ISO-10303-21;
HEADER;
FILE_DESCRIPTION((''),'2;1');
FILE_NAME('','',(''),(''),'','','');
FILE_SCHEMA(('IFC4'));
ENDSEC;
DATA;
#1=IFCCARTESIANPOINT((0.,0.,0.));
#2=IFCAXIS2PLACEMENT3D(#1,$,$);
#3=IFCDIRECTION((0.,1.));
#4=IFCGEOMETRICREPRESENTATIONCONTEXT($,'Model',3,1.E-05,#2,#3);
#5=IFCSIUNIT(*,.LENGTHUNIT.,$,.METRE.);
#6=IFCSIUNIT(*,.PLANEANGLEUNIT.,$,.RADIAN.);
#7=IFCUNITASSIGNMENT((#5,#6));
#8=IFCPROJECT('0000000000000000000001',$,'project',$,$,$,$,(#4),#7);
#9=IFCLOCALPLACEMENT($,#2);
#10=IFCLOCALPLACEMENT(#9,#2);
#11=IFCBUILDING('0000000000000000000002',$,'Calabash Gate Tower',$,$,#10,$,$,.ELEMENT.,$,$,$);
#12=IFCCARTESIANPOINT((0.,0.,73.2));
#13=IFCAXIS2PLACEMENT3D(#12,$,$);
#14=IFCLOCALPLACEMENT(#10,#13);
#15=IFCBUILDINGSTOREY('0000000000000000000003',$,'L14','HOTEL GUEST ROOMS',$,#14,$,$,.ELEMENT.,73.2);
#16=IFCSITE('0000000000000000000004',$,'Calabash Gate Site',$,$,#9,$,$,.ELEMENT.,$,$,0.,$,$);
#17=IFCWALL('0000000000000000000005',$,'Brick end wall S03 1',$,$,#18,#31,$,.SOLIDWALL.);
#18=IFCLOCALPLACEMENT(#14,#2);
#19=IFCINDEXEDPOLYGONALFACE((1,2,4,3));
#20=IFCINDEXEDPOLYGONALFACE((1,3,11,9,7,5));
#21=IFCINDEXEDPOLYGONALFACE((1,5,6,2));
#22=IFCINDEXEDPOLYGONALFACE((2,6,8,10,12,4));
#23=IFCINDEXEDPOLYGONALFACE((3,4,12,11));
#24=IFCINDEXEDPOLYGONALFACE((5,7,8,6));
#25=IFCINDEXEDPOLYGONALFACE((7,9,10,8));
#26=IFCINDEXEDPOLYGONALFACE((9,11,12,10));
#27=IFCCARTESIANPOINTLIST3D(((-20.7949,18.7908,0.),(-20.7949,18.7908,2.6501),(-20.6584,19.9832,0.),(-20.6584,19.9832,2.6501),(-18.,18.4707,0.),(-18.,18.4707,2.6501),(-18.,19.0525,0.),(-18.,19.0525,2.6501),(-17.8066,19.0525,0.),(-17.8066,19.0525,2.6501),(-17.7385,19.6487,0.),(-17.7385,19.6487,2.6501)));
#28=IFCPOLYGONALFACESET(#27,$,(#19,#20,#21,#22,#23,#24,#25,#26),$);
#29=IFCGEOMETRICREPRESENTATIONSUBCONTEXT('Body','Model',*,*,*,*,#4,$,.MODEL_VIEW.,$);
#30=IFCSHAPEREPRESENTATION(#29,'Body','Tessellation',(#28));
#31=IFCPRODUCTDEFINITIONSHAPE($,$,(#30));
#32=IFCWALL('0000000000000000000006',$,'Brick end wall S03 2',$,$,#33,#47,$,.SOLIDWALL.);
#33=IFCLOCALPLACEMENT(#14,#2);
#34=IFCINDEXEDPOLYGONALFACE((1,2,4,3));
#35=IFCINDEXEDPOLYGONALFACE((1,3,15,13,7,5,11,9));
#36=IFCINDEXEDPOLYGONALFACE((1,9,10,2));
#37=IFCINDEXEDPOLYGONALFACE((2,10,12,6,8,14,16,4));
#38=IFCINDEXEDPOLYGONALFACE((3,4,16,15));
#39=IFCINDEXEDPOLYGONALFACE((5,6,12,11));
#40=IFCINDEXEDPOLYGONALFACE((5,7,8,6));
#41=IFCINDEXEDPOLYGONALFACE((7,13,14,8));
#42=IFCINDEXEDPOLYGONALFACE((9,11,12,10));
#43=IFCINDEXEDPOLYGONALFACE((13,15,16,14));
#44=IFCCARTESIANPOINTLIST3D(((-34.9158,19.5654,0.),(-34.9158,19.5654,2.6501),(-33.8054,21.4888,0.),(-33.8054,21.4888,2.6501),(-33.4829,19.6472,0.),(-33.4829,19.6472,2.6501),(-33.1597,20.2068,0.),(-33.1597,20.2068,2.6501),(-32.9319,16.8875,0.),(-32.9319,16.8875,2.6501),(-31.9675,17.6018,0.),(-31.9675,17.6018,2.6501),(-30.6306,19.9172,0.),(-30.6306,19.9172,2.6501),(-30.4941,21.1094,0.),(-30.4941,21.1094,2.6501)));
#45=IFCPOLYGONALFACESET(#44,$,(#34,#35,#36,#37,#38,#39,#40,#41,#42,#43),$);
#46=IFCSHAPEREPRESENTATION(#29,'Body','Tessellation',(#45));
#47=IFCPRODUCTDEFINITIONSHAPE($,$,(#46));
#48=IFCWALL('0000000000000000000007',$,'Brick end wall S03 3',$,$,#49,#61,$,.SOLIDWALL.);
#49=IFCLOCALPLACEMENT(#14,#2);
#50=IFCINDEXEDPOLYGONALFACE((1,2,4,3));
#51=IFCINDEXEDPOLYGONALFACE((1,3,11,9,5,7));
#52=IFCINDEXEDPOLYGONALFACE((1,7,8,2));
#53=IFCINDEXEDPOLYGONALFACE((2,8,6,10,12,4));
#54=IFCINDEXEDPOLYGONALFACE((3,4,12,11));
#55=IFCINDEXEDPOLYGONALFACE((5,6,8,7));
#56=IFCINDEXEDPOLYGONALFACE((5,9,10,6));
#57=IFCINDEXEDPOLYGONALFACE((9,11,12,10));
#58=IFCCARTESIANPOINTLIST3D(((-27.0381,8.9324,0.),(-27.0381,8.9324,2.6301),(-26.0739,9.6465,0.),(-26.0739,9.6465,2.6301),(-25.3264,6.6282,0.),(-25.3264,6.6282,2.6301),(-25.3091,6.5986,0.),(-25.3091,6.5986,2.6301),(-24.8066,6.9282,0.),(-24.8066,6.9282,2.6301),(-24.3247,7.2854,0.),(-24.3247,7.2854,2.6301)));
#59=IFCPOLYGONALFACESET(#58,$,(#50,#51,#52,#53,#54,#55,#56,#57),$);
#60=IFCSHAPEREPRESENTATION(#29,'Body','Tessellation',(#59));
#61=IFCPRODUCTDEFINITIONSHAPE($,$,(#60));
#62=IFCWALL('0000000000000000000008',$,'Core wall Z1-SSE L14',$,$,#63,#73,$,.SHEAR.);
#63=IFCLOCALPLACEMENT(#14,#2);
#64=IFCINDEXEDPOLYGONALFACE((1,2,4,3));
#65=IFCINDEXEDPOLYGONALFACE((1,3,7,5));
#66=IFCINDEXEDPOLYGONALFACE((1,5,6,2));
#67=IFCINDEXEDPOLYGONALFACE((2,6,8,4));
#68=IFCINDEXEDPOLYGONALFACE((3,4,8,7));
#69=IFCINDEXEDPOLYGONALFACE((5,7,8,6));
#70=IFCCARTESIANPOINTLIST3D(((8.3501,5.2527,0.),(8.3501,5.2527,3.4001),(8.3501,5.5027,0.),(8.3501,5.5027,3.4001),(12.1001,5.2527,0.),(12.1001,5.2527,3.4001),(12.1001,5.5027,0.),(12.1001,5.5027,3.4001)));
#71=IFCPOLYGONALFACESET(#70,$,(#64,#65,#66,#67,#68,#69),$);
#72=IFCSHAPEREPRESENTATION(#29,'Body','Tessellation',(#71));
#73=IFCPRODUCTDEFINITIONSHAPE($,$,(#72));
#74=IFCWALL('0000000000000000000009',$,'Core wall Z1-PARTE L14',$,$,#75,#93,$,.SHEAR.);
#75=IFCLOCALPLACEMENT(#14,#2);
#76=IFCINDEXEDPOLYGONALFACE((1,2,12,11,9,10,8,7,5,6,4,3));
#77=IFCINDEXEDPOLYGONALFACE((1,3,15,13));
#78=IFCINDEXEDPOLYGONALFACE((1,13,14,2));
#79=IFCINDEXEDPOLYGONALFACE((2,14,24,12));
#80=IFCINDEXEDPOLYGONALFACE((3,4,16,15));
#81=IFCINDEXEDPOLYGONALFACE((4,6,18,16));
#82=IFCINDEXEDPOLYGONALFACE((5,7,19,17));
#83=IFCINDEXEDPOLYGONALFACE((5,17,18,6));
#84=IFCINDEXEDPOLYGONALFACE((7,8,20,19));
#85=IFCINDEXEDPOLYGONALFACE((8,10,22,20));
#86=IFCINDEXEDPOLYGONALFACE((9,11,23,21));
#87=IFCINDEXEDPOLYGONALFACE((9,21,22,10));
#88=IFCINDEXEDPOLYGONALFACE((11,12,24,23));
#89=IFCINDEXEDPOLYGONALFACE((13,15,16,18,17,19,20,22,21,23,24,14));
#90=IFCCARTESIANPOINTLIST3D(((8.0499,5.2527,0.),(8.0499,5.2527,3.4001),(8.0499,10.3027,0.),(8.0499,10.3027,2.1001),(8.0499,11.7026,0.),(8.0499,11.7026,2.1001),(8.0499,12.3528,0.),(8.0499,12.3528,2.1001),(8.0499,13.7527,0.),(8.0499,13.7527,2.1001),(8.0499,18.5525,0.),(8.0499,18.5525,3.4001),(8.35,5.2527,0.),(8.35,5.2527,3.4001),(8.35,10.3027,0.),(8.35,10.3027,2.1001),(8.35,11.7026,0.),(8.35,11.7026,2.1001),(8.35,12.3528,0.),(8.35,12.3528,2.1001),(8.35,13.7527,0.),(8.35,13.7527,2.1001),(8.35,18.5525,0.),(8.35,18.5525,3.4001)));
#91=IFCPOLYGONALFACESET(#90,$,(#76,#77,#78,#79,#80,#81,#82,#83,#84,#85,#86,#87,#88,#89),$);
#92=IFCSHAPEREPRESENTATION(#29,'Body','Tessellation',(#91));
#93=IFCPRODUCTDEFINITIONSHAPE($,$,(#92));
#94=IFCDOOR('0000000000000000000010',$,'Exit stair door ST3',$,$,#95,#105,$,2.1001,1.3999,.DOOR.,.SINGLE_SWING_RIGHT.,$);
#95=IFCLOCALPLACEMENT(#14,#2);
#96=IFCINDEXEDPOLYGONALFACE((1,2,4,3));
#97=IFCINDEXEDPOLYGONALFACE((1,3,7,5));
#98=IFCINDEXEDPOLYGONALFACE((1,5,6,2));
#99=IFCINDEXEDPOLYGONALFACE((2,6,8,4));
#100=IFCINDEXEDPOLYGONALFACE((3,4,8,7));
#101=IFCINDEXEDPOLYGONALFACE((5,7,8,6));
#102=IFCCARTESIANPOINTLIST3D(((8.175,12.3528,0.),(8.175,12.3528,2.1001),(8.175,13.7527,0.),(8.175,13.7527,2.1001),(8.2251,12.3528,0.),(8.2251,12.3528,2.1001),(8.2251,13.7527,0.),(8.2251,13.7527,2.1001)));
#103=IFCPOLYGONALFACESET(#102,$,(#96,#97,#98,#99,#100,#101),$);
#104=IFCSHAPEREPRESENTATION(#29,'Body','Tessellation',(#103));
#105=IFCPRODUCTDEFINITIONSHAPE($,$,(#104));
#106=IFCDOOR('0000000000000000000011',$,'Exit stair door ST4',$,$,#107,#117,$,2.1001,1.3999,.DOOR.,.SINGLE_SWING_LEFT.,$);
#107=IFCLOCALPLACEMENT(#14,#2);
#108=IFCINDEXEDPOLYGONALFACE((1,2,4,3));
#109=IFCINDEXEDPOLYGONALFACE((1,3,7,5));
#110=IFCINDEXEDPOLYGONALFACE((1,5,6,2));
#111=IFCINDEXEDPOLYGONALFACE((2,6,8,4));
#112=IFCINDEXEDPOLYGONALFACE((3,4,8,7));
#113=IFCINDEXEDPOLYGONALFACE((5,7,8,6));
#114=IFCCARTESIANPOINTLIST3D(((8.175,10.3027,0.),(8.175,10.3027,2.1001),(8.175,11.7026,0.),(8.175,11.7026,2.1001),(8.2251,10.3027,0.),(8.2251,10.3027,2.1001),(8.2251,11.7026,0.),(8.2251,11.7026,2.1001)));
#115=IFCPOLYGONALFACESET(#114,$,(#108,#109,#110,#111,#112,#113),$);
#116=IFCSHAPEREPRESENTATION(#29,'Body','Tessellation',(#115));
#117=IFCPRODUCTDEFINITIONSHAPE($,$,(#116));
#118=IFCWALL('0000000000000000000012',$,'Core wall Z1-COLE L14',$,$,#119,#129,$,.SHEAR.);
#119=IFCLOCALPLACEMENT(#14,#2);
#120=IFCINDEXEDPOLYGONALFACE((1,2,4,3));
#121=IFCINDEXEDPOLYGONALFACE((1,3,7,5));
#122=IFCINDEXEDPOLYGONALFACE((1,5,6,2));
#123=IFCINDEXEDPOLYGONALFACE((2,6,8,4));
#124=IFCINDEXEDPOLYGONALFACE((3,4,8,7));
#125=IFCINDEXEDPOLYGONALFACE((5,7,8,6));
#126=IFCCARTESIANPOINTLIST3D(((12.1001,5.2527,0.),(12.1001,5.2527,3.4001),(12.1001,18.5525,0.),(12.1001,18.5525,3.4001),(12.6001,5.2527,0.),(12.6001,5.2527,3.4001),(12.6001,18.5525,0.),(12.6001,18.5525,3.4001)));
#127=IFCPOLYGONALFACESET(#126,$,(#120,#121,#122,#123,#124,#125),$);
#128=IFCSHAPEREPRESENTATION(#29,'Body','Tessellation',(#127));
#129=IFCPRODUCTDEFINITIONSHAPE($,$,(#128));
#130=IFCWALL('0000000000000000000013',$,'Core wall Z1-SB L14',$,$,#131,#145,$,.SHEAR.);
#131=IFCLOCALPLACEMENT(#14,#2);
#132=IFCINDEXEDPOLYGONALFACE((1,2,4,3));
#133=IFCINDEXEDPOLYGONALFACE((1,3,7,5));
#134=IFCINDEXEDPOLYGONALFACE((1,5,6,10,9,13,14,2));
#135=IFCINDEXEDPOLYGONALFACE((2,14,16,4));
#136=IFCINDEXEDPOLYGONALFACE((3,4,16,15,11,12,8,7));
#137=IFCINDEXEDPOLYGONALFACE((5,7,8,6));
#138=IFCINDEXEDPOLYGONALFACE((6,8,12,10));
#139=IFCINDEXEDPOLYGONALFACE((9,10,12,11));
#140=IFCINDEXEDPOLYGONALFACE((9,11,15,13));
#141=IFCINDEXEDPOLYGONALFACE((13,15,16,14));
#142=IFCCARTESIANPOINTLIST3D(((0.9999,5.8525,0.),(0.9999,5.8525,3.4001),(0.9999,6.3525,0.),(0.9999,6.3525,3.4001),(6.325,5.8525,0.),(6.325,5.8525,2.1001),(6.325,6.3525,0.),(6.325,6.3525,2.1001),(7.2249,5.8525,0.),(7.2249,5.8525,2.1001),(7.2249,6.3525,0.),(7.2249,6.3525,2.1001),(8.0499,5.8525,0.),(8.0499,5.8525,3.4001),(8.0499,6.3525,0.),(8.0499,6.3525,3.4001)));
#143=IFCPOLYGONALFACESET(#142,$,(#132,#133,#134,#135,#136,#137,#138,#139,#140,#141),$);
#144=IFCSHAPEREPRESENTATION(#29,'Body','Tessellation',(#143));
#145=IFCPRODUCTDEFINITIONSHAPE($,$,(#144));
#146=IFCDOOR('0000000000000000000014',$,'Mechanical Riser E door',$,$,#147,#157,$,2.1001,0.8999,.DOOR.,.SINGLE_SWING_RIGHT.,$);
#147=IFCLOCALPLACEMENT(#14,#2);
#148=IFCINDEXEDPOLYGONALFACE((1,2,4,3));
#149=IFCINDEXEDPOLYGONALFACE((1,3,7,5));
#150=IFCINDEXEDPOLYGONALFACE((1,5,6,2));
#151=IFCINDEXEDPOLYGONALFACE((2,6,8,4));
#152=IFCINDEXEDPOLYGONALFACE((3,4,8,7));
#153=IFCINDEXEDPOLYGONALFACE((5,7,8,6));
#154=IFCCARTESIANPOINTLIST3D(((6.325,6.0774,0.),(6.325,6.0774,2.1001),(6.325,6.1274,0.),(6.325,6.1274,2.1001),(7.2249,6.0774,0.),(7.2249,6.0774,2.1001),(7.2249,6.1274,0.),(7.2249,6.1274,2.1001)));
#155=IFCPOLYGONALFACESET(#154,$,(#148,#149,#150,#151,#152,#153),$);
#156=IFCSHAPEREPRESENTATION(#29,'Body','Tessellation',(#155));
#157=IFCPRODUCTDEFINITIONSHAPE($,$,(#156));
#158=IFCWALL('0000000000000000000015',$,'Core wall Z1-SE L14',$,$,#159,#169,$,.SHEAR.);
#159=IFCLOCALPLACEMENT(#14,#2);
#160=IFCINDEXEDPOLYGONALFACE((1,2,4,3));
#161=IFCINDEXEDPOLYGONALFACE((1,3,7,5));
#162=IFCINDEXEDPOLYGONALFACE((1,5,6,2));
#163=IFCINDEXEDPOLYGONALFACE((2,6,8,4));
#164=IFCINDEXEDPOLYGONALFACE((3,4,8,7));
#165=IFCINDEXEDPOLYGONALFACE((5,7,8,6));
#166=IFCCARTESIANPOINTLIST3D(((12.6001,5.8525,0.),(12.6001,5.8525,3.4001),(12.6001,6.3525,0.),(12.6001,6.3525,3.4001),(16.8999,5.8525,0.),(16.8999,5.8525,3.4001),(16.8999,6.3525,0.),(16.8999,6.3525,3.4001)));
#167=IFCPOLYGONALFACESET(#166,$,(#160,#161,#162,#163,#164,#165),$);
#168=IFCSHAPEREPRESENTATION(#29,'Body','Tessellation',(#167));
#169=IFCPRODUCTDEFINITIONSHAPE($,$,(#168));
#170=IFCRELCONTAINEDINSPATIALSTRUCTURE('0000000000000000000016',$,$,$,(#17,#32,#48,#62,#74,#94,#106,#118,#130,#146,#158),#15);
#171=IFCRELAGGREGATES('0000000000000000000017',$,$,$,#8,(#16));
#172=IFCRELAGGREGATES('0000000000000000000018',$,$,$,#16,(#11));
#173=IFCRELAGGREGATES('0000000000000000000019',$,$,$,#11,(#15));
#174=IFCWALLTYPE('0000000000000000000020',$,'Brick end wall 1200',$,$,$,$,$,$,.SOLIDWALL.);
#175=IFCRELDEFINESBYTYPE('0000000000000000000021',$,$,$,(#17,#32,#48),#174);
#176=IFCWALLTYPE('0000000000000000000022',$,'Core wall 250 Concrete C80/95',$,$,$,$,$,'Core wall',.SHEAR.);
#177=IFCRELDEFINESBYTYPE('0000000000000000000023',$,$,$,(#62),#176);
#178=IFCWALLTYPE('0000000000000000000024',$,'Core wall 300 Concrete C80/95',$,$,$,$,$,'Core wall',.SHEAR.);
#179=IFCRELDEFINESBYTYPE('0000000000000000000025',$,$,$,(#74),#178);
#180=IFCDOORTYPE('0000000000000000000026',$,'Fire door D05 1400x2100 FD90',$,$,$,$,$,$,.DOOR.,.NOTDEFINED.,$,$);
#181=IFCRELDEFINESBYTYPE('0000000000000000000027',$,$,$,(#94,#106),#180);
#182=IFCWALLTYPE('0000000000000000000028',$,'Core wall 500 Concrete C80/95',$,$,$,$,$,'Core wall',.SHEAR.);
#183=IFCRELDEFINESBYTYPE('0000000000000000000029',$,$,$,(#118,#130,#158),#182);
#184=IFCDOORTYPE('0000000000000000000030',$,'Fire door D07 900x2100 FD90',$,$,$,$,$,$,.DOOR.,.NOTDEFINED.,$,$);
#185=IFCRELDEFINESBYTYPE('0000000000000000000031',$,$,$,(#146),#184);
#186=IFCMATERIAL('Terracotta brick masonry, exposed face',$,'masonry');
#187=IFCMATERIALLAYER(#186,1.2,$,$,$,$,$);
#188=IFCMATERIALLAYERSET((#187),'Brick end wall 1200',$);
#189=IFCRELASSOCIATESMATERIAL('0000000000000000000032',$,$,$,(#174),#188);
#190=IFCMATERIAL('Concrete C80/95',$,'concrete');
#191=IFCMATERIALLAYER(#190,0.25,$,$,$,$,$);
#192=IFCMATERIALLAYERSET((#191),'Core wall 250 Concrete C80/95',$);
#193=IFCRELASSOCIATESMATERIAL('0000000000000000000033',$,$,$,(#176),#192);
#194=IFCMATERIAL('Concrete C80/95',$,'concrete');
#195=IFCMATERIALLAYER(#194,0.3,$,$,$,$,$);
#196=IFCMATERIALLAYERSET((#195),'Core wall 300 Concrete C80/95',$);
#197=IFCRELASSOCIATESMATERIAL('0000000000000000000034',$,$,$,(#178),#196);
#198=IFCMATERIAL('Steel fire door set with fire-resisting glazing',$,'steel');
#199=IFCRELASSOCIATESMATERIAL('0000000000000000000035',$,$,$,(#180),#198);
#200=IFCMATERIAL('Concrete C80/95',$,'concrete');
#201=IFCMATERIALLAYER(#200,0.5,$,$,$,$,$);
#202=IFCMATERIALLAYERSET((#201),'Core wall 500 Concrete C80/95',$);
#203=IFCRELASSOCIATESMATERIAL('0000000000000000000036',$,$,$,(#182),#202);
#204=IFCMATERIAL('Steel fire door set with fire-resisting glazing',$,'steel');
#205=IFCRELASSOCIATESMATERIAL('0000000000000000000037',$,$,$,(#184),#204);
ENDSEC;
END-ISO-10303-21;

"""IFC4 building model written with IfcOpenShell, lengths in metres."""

from ifc_helpers import new_model, si_unit, direction, frame, frame_2d, origin, place, context, subcontext, project, spatial, polyline, rectangle, outline, extrude, material, layer, layer_set, type_object, element, fill, save


model = new_model("IFC4")

# Units and contexts
model_context = context("Model", 3, precision=1e-05, world=origin(), true_north=direction((0.0, 1.0)))
body_context = subcontext(model_context, "Body", "Model", "MODEL_VIEW")
ifc_project = project(units=[si_unit("LENGTHUNIT", "METRE"), si_unit("PLANEANGLEUNIT", "RADIAN")], contexts=[model_context])

# Site, building, storey
site_placement = place(None, origin())
site = spatial("IfcSite", under=ifc_project, at=site_placement, Name="Calabash Gate Site", CompositionType="ELEMENT", RefElevation=0.0)
building_placement = place(site_placement, origin())
building = spatial("IfcBuilding", under=site, at=building_placement, Name="Calabash Gate Tower", CompositionType="ELEMENT")
storey_placement = place(building_placement, frame((0.0, 0.0, 73.2)))
storey = spatial("IfcBuildingStorey", under=building, at=storey_placement, Name="L14", Description="HOTEL GUEST ROOMS", CompositionType="ELEMENT", Elevation=73.2)

# Walls
ifc_material_1 = material(Name="Terracotta brick masonry, exposed face", Category="masonry")
ifc_layer_1 = layer(ifc_material_1, 1.2)
ifc_layer_set_1 = layer_set([ifc_layer_1], Name="Brick end wall 1200")
wall_type_1 = type_object("IfcWallType", Name="Brick end wall 1200", PredefinedType="SOLIDWALL", material=ifc_layer_set_1)
wall_1_placement = place(storey_placement, origin())
element("IfcWall", 1, at=wall_1_placement, inside=storey, type_object=wall_type_1, Name="Brick end wall S03 1", PredefinedType="SOLIDWALL", context=body_context, shape_type="SweptSolid", body=[
    extrude(outline(polyline([(-20.6584, 19.9832), (-20.7949, 18.7908), (-18.0, 18.4707), (-18.0, 19.0525), (-17.8066, 19.0525), (-17.7385, 19.6487), (-20.6584, 19.9832)])), origin(), (0.0, 0.0, 1.0), 2.6501),
])
wall_2_placement = place(storey_placement, origin())
element("IfcWall", 2, at=wall_2_placement, inside=storey, type_object=wall_type_1, Name="Brick end wall S03 2", PredefinedType="SOLIDWALL", context=body_context, shape_type="SweptSolid", body=[
    extrude(outline(polyline([(-33.1597, 20.2068), (-30.6306, 19.9172), (-30.4941, 21.1094), (-33.8054, 21.4888), (-34.9158, 19.5654), (-32.9319, 16.8875), (-31.9675, 17.6018), (-33.4829, 19.6472), (-33.1597, 20.2068)])), origin(), (0.0, 0.0, 1.0), 2.6501),
])
wall_3_placement = place(storey_placement, origin())
element("IfcWall", 3, at=wall_3_placement, inside=storey, type_object=wall_type_1, Name="Brick end wall S03 3", PredefinedType="SOLIDWALL", context=body_context, shape_type="SweptSolid", body=[
    extrude(outline(polyline([(-24.3247, 7.2854), (-26.0742, 9.647), (-26.0742, 9.647), (-26.074, 9.6465), (-27.0381, 8.9324), (-25.3091, 6.5986), (-25.3264, 6.6282), (-24.8066, 6.9282), (-24.3247, 7.2854)])), origin(), (0.0, 0.0, 1.0), 2.6301),
])
ifc_material_2 = material(Name="Concrete C80/95", Category="concrete")
ifc_layer_2 = layer(ifc_material_2, 0.25)
ifc_layer_set_2 = layer_set([ifc_layer_2], Name="Core wall 250 Concrete C80/95")
wall_type_2 = type_object("IfcWallType", Name="Core wall 250 Concrete C80/95", ElementType="Core wall", PredefinedType="SHEAR", material=ifc_layer_set_2)
wall_4_placement = place(storey_placement, frame((8.3501, 5.3777, 0.0), z_axis=(0.0, 0.0, 1.0), x_axis=(1.0, 0.0, 0.0)))
element("IfcWall", 4, at=wall_4_placement, inside=storey, type_object=wall_type_2, Name="Core wall Z1-SSE L14", PredefinedType="SHEAR", context=body_context, shape_type="SweptSolid", body=[
    extrude(rectangle(XDim=3.75, YDim=0.25, at=frame_2d((1.875, 0.0))), origin(), (0.0, 0.0, 1.0), 3.4001),
])

# Wall, openings, doors
ifc_material_3 = material(Name="Concrete C80/95", Category="concrete")
ifc_layer_3 = layer(ifc_material_3, 0.3)
ifc_layer_set_3 = layer_set([ifc_layer_3], Name="Core wall 300 Concrete C80/95")
wall_type_3 = type_object("IfcWallType", Name="Core wall 300 Concrete C80/95", ElementType="Core wall", PredefinedType="SHEAR", material=ifc_layer_set_3)
wall_5_placement = place(storey_placement, frame((8.2, 5.2527, 0.0), z_axis=(0.0, 0.0, 1.0), x_axis=(0.0, 1.0, 0.0)))
wall_5 = element("IfcWall", 5, at=wall_5_placement, inside=storey, type_object=wall_type_3, Name="Core wall Z1-PARTE L14", PredefinedType="SHEAR", context=body_context, shape_type="SweptSolid", body=[
    extrude(rectangle(XDim=13.2998, YDim=0.3, at=frame_2d((6.6499, 0.0))), origin(), (0.0, 0.0, 1.0), 3.4001),
])
opening_1_placement = place(wall_5_placement, frame((7.1001, 0.0, 0.0)))
opening_1 = element("IfcOpeningElement", 6, at=opening_1_placement, cuts=wall_5, PredefinedType="OPENING", context=body_context, shape_type="SweptSolid", body=[
    extrude(rectangle(XDim=1.3999, YDim=2.1001, at=frame_2d((0.7, 1.05))), frame((0.0, 0.1599, 0.0), z_axis=(0.0, -1.0, 0.0), x_axis=(1.0, 0.0, 0.0)), (0.0, 0.0, 1.0), 0.3201),
])
opening_2_placement = place(wall_5_placement, frame((5.05, 0.0, 0.0)))
opening_2 = element("IfcOpeningElement", 7, at=opening_2_placement, cuts=wall_5, PredefinedType="OPENING", context=body_context, shape_type="SweptSolid", body=[
    extrude(rectangle(XDim=1.3999, YDim=2.1001, at=frame_2d((0.7, 1.05))), frame((0.0, 0.1599, 0.0), z_axis=(0.0, -1.0, 0.0), x_axis=(1.0, 0.0, 0.0)), (0.0, 0.0, 1.0), 0.3201),
])
ifc_material_4 = material(Name="Steel fire door set with fire-resisting glazing", Category="steel")
door_type_1 = type_object("IfcDoorType", Name="Fire door D05 1400x2100 FD90", OperationType="NOTDEFINED", PredefinedType="DOOR", material=ifc_material_4)
door_1_placement = place(opening_1_placement, origin())
door_1 = element("IfcDoor", 8, at=door_1_placement, inside=storey, type_object=door_type_1, Name="Exit stair door ST3", OperationType="SINGLE_SWING_RIGHT", OverallHeight=2.1001, OverallWidth=1.3999, PredefinedType="DOOR", context=body_context, shape_type="SweptSolid", body=[
    extrude(rectangle(XDim=1.3999, YDim=2.1001, at=frame_2d((0.7, 1.05))), frame((0.0, 0.0249, 0.0), z_axis=(0.0, -1.0, 0.0), x_axis=(1.0, 0.0, 0.0)), (0.0, 0.0, 1.0), 0.05),
])
fill(opening_1, door_1)
door_2_placement = place(opening_2_placement, origin())
door_2 = element("IfcDoor", 9, at=door_2_placement, inside=storey, type_object=door_type_1, Name="Exit stair door ST4", OperationType="SINGLE_SWING_LEFT", OverallHeight=2.1001, OverallWidth=1.3999, PredefinedType="DOOR", context=body_context, shape_type="SweptSolid", body=[
    extrude(rectangle(XDim=1.3999, YDim=2.1001, at=frame_2d((0.7, 1.05))), frame((0.0, 0.0249, 0.0), z_axis=(0.0, -1.0, 0.0), x_axis=(1.0, 0.0, 0.0)), (0.0, 0.0, 1.0), 0.05),
])
fill(opening_2, door_2)

# Wall
ifc_material_5 = material(Name="Concrete C80/95", Category="concrete")
ifc_layer_4 = layer(ifc_material_5, 0.5)
ifc_layer_set_4 = layer_set([ifc_layer_4], Name="Core wall 500 Concrete C80/95")
wall_type_4 = type_object("IfcWallType", Name="Core wall 500 Concrete C80/95", ElementType="Core wall", PredefinedType="SHEAR", material=ifc_layer_set_4)
wall_6_placement = place(storey_placement, frame((12.3501, 5.2527, 0.0), z_axis=(0.0, 0.0, 1.0), x_axis=(0.0, 1.0, 0.0)))
element("IfcWall", 10, at=wall_6_placement, inside=storey, type_object=wall_type_4, Name="Core wall Z1-COLE L14", PredefinedType="SHEAR", context=body_context, shape_type="SweptSolid", body=[
    extrude(rectangle(XDim=13.2998, YDim=0.5, at=frame_2d((6.6499, 0.0))), origin(), (0.0, 0.0, 1.0), 3.4001),
])

# Wall, opening, door
wall_7_placement = place(storey_placement, frame((1.0, 6.1025, 0.0), z_axis=(0.0, 0.0, 1.0), x_axis=(1.0, 0.0, 0.0)))
wall_7 = element("IfcWall", 11, at=wall_7_placement, inside=storey, type_object=wall_type_4, Name="Core wall Z1-SB L14", PredefinedType="SHEAR", context=body_context, shape_type="SweptSolid", body=[
    extrude(rectangle(XDim=7.05, YDim=0.5, at=frame_2d((3.5249, 0.0))), origin(), (0.0, 0.0, 1.0), 3.4001),
])
opening_3_placement = place(wall_7_placement, frame((5.325, 0.0, 0.0)))
opening_3 = element("IfcOpeningElement", 12, at=opening_3_placement, cuts=wall_7, PredefinedType="OPENING", context=body_context, shape_type="SweptSolid", body=[
    extrude(rectangle(XDim=0.8999, YDim=2.1001, at=frame_2d((0.45, 1.05))), frame((0.0, 0.26, 0.0), z_axis=(0.0, -1.0, 0.0), x_axis=(1.0, 0.0, 0.0)), (0.0, 0.0, 1.0), 0.52),
])
ifc_material_6 = material(Name="Steel fire door set with fire-resisting glazing", Category="steel")
door_type_2 = type_object("IfcDoorType", Name="Fire door D07 900x2100 FD90", OperationType="NOTDEFINED", PredefinedType="DOOR", material=ifc_material_6)
door_3_placement = place(opening_3_placement, origin())
door_3 = element("IfcDoor", 13, at=door_3_placement, inside=storey, type_object=door_type_2, Name="Mechanical Riser E door", OperationType="SINGLE_SWING_RIGHT", OverallHeight=2.1001, OverallWidth=0.8999, PredefinedType="DOOR", context=body_context, shape_type="SweptSolid", body=[
    extrude(rectangle(XDim=0.8999, YDim=2.1001, at=frame_2d((0.45, 1.05))), frame((0.0, 0.0249, 0.0), z_axis=(0.0, -1.0, 0.0), x_axis=(1.0, 0.0, 0.0)), (0.0, 0.0, 1.0), 0.05),
])
fill(opening_3, door_3)

# Wall
wall_8_placement = place(storey_placement, frame((12.6001, 6.1025, 0.0), z_axis=(0.0, 0.0, 1.0), x_axis=(1.0, 0.0, 0.0)))
element("IfcWall", 14, at=wall_8_placement, inside=storey, type_object=wall_type_4, Name="Core wall Z1-SE L14", PredefinedType="SHEAR", context=body_context, shape_type="SweptSolid", body=[
    extrude(rectangle(XDim=4.2998, YDim=0.5, at=frame_2d((2.1499, 0.0))), origin(), (0.0, 0.0, 1.0), 3.4001),
])

save(model, "model.ifc")
